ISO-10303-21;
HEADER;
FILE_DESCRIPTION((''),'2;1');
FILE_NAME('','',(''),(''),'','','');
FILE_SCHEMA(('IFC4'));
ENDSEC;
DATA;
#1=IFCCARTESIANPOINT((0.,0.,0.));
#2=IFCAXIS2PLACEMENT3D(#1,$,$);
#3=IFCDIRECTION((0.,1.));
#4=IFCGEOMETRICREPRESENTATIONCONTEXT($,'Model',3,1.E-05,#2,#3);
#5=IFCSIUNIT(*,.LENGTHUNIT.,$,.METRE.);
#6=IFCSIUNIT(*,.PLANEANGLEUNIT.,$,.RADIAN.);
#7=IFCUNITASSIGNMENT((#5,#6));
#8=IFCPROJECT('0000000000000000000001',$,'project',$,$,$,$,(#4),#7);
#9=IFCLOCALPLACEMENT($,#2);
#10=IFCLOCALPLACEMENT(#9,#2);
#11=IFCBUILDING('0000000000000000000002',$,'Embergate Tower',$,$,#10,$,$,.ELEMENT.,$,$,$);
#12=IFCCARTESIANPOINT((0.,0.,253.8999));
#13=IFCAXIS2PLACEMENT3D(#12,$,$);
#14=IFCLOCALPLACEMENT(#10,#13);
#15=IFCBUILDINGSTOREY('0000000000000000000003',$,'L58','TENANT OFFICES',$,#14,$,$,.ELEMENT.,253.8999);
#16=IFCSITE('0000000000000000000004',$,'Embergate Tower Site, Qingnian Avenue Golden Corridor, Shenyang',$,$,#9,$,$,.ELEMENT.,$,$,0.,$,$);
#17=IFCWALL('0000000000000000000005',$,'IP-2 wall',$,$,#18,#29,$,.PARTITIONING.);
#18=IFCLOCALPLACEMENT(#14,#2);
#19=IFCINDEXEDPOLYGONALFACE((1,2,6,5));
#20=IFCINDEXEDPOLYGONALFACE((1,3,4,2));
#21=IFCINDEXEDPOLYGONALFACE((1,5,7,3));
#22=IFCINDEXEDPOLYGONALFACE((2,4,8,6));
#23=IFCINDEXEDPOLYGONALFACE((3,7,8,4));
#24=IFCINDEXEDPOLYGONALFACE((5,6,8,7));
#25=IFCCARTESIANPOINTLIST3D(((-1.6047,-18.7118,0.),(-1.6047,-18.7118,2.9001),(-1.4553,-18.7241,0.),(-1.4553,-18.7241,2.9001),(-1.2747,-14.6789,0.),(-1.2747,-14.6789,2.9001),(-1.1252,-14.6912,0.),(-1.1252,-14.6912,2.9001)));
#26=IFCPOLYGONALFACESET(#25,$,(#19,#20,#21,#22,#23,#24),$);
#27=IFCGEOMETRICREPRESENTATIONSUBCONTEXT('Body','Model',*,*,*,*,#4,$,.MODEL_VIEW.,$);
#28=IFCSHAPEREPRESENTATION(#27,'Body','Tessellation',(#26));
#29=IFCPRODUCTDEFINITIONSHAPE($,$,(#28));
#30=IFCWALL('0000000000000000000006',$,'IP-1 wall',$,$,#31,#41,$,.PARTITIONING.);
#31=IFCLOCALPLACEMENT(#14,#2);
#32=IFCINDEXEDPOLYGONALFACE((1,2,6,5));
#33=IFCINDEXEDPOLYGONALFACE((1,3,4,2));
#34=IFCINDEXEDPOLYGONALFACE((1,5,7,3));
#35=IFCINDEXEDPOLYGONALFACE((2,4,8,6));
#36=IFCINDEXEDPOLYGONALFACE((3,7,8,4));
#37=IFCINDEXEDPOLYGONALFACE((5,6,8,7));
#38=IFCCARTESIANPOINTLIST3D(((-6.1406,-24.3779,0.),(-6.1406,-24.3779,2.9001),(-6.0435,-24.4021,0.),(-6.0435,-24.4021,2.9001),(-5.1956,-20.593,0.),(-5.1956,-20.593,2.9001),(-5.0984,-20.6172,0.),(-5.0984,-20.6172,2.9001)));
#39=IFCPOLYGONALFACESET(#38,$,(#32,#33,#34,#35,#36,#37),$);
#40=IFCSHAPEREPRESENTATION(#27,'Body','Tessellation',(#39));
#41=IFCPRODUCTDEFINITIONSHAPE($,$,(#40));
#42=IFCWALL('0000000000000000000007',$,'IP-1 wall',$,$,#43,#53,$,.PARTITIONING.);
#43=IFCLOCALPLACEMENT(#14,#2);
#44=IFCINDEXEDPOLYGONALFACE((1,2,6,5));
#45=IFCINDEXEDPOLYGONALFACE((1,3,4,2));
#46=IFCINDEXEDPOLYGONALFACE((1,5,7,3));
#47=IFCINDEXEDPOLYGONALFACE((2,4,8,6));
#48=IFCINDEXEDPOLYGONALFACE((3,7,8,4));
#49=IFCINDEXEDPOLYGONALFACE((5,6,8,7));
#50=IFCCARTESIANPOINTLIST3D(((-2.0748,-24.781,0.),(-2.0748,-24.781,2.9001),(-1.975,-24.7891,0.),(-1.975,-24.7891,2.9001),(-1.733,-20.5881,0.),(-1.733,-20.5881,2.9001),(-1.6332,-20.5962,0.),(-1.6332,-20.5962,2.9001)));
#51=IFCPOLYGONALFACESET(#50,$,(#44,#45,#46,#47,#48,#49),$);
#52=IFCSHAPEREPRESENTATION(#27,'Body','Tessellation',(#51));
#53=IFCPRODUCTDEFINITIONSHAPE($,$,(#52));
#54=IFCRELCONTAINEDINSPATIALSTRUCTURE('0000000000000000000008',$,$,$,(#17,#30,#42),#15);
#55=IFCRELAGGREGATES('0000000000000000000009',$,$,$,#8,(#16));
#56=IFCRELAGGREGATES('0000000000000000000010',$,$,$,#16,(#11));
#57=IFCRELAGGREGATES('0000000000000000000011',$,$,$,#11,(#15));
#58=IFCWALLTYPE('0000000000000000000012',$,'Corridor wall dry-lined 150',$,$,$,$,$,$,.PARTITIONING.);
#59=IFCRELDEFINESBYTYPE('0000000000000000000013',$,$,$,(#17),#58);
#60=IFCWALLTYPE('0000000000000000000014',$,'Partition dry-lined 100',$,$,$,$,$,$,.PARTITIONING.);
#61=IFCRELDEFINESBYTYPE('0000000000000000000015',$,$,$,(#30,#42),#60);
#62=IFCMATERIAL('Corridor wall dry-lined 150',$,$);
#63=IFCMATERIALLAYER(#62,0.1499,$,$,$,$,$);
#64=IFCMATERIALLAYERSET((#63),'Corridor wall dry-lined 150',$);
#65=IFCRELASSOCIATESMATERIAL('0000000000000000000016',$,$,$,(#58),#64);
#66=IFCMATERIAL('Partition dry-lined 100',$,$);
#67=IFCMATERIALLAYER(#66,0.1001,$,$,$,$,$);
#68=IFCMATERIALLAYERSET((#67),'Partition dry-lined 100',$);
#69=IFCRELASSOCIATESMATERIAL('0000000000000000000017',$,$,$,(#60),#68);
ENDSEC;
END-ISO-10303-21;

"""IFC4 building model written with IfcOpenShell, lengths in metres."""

from ifc_helpers import new_model, si_unit, direction, frame, frame_2d, origin, place, context, subcontext, project, spatial, rectangle, extrude, source, transform, mapped, material, layer, layer_set, type_object, element, save


model = new_model("IFC4")

# Units and contexts
model_context = context("Model", 3, precision=1e-05, world=origin(), true_north=direction((0.0, 1.0)))
body_context = subcontext(model_context, "Body", "Model", "MODEL_VIEW")
ifc_project = project(units=[si_unit("LENGTHUNIT", "METRE"), si_unit("PLANEANGLEUNIT", "RADIAN")], contexts=[model_context])

# Site, building, storey
site_placement = place(None, origin())
site = spatial("IfcSite", under=ifc_project, at=site_placement, Name="Embergate Tower Site, Qingnian Avenue Golden Corridor, Shenyang", CompositionType="ELEMENT", RefElevation=0.0)
building_placement = place(site_placement, origin())
building = spatial("IfcBuilding", under=site, at=building_placement, Name="Embergate Tower", CompositionType="ELEMENT")
storey_placement = place(building_placement, frame((0.0, 0.0, 253.8999)))
storey = spatial("IfcBuildingStorey", under=building, at=storey_placement, Name="L58", Description="TENANT OFFICES", CompositionType="ELEMENT", Elevation=253.8999)

# Shared definitions
ifc_material_1 = material(Name="Corridor wall dry-lined 150")
ifc_layer_1 = layer(ifc_material_1, 0.1499)
ifc_layer_set_1 = layer_set([ifc_layer_1], Name="Corridor wall dry-lined 150")
wall_type_1 = type_object("IfcWallType", Name="Corridor wall dry-lined 150", PredefinedType="PARTITIONING", material=ifc_layer_set_1)

# Walls
ifc_material_2 = material(Name="Partition dry-lined 100")
ifc_layer_2 = layer(ifc_material_2, 0.1001)
ifc_layer_set_2 = layer_set([ifc_layer_2], Name="Partition dry-lined 100")
wall_type_2 = type_object("IfcWallType", Name="Partition dry-lined 100", PredefinedType="PARTITIONING", material=ifc_layer_set_2)
shared_shape_1 = source(origin(), body_context, "Body", "SweptSolid", [
    extrude(rectangle(XDim=4.0464, YDim=0.1499, at=frame_2d((2.0232, 0.0))), origin(), (0.0, 0.0, 1.0), 2.9001),
])
wall_1_placement = place(storey_placement, frame((-1.2, -14.6851, 0.0), z_axis=(0.0, 0.0, 1.0), x_axis=(-0.081572, -0.996667, 0.0)))
element("IfcWall", 1, at=wall_1_placement, inside=storey, type_object=wall_type_1, Name="IP-2 wall", PredefinedType="PARTITIONING", context=body_context, shape_type="MappedRepresentation", body=[
    mapped(shared_shape_1, transform((0.0, 0.0, 0.0))),
])
shared_shape_2 = source(origin(), body_context, "Body", "SweptSolid", [
    extrude(rectangle(XDim=3.9011, YDim=0.1001, at=frame_2d((1.9507, 0.0))), origin(), (0.0, 0.0, 1.0), 2.9001),
])
wall_2_placement = place(storey_placement, frame((-5.147, -20.605, 0.0), z_axis=(0.0, 0.0, 1.0), x_axis=(-0.242256, -0.970212, 0.0)))
element("IfcWall", 2, at=wall_2_placement, inside=storey, type_object=wall_type_2, Name="IP-1 wall", PredefinedType="PARTITIONING", context=body_context, shape_type="MappedRepresentation", body=[
    mapped(shared_shape_2, transform((0.0, 0.0, 0.0))),
])
shared_shape_3 = source(origin(), body_context, "Body", "SweptSolid", [
    extrude(rectangle(XDim=4.2068, YDim=0.1001, at=frame_2d((2.1035, 0.0))), origin(), (0.0, 0.0, 1.0), 2.9001),
])
wall_3_placement = place(storey_placement, frame((-1.6831, -20.592, 0.0), z_axis=(0.0, 0.0, 1.0), x_axis=(-0.081249, -0.996694, 0.0)))
element("IfcWall", 3, at=wall_3_placement, inside=storey, type_object=wall_type_2, Name="IP-1 wall", PredefinedType="PARTITIONING", context=body_context, shape_type="MappedRepresentation", body=[
    mapped(shared_shape_3, transform((0.0, 0.0, 0.0))),
])

save(model, "model.ifc")
